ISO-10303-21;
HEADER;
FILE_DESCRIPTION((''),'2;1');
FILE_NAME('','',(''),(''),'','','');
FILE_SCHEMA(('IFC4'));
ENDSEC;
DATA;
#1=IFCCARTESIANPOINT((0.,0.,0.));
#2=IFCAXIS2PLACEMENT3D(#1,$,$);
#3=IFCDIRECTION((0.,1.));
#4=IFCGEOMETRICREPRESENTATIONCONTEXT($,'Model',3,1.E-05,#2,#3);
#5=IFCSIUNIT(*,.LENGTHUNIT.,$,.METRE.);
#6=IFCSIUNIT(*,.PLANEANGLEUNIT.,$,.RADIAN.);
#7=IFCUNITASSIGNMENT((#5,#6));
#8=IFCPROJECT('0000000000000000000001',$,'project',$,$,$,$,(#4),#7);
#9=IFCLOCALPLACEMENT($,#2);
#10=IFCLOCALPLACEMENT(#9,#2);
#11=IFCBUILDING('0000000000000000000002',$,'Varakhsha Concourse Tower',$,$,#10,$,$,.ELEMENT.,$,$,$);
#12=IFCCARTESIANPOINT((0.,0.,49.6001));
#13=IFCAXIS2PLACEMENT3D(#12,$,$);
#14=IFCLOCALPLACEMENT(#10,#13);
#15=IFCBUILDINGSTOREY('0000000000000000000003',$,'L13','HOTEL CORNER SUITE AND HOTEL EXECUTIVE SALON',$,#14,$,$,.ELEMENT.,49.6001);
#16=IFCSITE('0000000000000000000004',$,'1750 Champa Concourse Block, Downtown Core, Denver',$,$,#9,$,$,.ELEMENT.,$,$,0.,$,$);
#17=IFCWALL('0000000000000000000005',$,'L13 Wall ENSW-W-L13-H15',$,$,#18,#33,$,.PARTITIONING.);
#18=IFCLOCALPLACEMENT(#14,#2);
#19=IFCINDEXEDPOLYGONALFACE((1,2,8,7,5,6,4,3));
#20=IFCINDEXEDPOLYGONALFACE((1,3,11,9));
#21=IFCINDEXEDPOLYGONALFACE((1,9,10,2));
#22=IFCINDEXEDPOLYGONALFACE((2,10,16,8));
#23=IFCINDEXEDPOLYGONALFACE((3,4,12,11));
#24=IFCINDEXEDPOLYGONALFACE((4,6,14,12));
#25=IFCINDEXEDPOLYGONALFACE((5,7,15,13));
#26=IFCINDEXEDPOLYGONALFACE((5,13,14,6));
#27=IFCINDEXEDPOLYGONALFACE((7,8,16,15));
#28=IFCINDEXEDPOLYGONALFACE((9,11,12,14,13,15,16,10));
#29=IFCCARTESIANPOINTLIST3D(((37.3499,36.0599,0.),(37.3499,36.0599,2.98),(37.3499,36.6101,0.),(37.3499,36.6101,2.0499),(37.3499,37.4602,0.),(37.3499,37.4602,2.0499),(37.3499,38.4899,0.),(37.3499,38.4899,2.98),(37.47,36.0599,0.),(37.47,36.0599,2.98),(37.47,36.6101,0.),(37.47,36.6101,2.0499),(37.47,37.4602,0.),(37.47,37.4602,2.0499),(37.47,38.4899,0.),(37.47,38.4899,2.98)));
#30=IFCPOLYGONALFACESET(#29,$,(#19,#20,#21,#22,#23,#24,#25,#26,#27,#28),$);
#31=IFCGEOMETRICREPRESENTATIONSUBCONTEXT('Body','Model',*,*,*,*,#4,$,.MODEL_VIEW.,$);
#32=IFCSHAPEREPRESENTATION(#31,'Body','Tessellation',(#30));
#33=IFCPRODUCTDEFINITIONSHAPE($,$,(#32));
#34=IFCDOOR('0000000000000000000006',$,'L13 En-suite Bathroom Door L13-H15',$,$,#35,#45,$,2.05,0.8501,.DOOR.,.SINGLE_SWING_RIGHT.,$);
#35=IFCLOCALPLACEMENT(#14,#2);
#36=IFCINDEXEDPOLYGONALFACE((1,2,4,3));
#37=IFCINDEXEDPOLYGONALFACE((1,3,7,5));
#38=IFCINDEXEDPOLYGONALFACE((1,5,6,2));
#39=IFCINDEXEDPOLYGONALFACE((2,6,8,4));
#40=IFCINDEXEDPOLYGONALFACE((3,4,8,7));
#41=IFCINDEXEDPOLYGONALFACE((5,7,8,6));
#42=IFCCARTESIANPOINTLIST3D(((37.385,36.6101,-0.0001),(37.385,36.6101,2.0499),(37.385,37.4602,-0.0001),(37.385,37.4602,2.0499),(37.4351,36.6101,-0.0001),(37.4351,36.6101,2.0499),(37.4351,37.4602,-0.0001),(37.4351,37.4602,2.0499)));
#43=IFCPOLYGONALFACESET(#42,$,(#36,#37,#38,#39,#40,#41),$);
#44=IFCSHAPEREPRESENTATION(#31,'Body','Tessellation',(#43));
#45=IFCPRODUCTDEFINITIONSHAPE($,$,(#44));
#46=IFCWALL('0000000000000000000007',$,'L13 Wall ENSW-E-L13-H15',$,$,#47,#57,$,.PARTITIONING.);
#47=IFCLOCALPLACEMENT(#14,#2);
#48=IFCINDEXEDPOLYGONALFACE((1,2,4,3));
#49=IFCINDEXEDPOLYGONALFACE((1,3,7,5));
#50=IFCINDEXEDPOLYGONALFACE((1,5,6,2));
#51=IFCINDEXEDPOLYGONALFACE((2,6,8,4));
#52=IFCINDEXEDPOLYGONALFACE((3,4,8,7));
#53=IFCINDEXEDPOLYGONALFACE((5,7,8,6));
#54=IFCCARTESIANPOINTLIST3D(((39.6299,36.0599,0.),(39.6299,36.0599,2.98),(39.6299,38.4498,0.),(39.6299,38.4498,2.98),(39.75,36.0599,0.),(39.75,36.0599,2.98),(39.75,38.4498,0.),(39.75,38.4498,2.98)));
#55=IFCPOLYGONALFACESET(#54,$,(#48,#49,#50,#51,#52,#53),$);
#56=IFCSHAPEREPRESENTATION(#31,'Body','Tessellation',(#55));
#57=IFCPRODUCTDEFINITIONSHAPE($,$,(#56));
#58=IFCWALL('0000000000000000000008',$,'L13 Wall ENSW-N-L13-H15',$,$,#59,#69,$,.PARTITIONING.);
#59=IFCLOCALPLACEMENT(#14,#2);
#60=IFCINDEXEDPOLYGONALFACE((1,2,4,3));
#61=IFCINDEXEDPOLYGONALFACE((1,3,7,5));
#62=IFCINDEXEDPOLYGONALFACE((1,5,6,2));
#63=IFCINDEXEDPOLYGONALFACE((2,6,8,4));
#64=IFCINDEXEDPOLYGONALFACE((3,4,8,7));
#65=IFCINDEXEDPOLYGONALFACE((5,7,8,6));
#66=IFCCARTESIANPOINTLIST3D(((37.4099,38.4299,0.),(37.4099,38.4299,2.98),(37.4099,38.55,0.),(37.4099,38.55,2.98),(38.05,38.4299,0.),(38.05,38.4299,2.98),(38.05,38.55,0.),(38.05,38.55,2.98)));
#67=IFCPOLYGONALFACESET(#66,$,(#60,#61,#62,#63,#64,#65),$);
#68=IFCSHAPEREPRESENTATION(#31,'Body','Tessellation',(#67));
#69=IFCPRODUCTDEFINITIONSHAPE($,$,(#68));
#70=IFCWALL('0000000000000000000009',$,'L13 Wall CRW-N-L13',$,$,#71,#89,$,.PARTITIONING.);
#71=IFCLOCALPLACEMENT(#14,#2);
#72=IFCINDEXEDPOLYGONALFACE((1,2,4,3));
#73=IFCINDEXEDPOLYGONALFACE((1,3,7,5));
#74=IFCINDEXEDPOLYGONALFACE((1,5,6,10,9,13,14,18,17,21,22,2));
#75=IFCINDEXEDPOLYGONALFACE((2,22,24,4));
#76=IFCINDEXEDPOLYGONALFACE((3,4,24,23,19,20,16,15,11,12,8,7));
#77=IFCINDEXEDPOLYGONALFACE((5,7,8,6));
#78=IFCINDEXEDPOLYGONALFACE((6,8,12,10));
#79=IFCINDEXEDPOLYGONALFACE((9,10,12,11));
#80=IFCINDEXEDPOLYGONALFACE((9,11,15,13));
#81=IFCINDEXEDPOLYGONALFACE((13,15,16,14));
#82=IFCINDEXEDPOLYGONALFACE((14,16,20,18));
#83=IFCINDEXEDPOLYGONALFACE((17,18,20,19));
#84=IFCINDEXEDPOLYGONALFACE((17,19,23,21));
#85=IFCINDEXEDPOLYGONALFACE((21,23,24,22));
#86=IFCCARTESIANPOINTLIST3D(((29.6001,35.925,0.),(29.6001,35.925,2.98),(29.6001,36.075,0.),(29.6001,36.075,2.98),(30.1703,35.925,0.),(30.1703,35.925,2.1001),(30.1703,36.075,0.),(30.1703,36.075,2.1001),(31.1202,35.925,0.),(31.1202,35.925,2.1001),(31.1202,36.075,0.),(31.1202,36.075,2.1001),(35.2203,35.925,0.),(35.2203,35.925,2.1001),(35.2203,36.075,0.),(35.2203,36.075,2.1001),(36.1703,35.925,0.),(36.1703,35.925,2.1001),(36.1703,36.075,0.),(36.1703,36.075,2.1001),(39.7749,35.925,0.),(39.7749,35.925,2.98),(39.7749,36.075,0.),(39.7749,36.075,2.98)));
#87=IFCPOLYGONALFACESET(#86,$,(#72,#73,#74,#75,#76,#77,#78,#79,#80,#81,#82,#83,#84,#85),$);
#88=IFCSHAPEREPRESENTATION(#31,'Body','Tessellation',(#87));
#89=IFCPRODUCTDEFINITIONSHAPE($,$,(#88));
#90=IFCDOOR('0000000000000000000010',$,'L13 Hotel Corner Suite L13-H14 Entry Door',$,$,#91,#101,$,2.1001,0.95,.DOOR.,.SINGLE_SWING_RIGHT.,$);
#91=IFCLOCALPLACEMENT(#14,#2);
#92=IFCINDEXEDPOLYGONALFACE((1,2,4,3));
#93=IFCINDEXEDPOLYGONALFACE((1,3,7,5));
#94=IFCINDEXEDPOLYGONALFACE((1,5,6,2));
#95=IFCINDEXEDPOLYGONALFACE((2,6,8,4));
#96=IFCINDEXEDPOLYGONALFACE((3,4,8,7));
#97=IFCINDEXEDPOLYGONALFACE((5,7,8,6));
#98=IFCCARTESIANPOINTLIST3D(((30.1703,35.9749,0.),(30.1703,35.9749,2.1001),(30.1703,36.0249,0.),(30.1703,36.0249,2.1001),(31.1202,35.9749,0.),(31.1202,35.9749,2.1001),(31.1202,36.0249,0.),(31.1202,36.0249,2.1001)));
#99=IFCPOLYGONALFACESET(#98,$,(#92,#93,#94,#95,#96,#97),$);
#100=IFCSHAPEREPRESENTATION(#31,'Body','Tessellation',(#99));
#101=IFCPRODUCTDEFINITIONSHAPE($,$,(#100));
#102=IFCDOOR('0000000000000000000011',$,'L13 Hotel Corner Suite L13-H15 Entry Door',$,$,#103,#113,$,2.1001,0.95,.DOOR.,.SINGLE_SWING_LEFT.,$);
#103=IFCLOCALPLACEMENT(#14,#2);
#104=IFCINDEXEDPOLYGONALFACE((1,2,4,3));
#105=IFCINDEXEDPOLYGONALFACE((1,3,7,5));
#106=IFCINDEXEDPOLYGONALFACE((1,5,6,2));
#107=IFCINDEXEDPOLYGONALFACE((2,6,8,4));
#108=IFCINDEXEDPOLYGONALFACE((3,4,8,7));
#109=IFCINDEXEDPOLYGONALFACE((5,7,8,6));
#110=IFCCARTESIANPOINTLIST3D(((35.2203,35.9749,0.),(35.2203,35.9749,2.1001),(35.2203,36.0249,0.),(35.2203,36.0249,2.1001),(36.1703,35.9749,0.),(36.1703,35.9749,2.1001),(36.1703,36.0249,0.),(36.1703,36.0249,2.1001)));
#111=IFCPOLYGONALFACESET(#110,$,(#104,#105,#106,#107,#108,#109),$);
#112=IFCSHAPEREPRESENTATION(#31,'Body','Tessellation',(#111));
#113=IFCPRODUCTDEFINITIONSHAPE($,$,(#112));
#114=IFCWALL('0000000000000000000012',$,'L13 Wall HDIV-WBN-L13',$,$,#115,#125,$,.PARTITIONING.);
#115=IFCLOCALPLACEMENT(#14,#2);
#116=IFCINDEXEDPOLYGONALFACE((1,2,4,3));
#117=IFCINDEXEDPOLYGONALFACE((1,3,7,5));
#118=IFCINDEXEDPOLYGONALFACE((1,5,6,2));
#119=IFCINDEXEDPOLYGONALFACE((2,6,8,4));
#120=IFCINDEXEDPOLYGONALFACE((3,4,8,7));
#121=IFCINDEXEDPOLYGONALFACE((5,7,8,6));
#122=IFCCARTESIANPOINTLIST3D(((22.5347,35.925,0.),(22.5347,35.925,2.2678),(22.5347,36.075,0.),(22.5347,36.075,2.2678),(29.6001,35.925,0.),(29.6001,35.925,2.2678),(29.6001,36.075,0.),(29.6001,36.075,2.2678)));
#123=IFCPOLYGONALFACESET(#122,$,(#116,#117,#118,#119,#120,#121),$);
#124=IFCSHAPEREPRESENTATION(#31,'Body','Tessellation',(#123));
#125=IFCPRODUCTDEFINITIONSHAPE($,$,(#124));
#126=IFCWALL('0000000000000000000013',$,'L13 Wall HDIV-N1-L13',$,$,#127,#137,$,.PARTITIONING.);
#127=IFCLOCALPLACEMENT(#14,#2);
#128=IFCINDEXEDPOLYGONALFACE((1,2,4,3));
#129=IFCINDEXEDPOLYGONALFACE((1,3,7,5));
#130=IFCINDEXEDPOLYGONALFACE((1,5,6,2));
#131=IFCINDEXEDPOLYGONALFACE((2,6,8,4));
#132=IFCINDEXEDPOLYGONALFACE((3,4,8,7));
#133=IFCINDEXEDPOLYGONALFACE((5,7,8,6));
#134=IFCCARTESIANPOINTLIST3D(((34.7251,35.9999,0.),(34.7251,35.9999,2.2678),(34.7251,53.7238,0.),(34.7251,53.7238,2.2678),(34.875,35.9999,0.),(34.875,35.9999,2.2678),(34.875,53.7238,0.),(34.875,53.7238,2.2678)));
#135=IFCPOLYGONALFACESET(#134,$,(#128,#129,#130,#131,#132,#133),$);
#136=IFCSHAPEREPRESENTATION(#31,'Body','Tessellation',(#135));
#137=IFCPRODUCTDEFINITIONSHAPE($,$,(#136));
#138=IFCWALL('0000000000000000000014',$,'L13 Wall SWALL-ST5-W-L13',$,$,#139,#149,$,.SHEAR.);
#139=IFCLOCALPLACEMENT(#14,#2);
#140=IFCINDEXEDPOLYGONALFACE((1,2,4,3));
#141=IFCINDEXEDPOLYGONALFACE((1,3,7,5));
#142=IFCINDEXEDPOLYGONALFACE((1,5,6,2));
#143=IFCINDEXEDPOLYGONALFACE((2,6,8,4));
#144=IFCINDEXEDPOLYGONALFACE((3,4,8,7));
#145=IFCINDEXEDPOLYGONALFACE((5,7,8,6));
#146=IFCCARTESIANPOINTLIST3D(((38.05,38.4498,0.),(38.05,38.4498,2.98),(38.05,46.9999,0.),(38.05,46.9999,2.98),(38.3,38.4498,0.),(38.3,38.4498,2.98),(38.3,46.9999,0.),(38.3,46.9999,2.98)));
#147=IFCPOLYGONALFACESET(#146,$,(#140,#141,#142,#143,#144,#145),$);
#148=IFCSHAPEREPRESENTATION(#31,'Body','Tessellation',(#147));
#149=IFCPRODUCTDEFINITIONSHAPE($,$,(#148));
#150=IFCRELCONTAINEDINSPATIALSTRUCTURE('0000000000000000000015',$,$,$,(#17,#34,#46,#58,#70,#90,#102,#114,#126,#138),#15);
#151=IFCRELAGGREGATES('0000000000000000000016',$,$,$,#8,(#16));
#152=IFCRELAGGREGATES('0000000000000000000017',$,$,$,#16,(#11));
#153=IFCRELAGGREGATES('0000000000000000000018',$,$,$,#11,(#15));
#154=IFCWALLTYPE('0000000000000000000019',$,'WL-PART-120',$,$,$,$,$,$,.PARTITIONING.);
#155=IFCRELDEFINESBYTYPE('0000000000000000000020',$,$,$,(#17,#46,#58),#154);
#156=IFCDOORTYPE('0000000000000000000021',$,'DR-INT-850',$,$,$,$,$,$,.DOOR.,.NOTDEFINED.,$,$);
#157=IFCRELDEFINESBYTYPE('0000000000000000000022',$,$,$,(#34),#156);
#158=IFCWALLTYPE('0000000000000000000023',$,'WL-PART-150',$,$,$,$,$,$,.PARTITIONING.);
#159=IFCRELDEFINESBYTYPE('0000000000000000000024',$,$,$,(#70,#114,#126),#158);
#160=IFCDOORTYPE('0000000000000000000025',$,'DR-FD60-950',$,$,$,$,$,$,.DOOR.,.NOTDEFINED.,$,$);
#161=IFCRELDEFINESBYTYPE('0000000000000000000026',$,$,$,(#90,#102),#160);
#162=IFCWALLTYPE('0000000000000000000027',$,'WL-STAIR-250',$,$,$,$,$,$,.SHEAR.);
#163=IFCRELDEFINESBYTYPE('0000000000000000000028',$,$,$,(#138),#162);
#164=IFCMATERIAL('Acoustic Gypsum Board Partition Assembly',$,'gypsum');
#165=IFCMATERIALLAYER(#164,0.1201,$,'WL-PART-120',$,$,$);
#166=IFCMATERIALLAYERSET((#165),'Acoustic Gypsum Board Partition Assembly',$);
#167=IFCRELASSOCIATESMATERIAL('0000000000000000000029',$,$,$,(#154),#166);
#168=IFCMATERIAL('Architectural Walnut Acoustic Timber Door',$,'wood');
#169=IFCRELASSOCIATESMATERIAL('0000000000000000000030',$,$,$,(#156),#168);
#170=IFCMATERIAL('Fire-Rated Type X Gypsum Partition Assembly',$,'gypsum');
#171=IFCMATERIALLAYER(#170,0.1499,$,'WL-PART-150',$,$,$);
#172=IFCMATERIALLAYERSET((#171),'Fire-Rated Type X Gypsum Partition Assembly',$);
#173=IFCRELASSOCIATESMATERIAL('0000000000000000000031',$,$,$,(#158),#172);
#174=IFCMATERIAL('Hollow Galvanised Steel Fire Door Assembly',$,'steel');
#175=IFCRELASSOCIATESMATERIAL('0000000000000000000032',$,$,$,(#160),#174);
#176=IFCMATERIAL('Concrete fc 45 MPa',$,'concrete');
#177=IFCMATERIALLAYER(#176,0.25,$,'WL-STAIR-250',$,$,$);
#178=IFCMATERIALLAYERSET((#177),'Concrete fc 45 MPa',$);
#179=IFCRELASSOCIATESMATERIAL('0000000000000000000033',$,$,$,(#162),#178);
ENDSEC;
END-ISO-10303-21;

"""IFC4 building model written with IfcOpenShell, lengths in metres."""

from ifc_helpers import new_model, si_unit, direction, frame, frame_2d, origin, place, context, subcontext, project, spatial, rectangle, extrude, material, layer, layer_set, type_object, element, fill, save


model = new_model("IFC4")

# Units and contexts
model_context = context("Model", 3, precision=1e-05, world=origin(), true_north=direction((0.0, 1.0)))
body_context = subcontext(model_context, "Body", "Model", "MODEL_VIEW")
ifc_project = project(units=[si_unit("LENGTHUNIT", "METRE"), si_unit("PLANEANGLEUNIT", "RADIAN")], contexts=[model_context])

# Site, building, storey
site_placement = place(None, origin())
site = spatial("IfcSite", under=ifc_project, at=site_placement, Name="1750 Champa Concourse Block, Downtown Core, Denver", CompositionType="ELEMENT", RefElevation=0.0)
building_placement = place(site_placement, origin())
building = spatial("IfcBuilding", under=site, at=building_placement, Name="Varakhsha Concourse Tower", CompositionType="ELEMENT")
storey_placement = place(building_placement, frame((0.0, 0.0, 49.6001)))
storey = spatial("IfcBuildingStorey", under=building, at=storey_placement, Name="L13", Description="HOTEL CORNER SUITE AND HOTEL EXECUTIVE SALON", CompositionType="ELEMENT", Elevation=49.6001)

# Shared definitions
ifc_material_1 = material(Name="Acoustic Gypsum Board Partition Assembly", Category="gypsum")
ifc_layer_1 = layer(ifc_material_1, 0.1201, Name="WL-PART-120")
ifc_layer_set_1 = layer_set([ifc_layer_1], Name="Acoustic Gypsum Board Partition Assembly")
wall_type_1 = type_object("IfcWallType", Name="WL-PART-120", PredefinedType="PARTITIONING", material=ifc_layer_set_1)

# Shared definitions
ifc_material_2 = material(Name="Architectural Walnut Acoustic Timber Door", Category="wood")
door_type_1 = type_object("IfcDoorType", Name="DR-INT-850", OperationType="NOTDEFINED", PredefinedType="DOOR", material=ifc_material_2)

# Wall, opening, door
wall_1_placement = place(storey_placement, frame((37.4099, 36.0601, 0.0), z_axis=(0.0, 0.0, 1.0), x_axis=(0.0, 1.0, 0.0)))
wall_1 = element("IfcWall", 1, at=wall_1_placement, inside=storey, type_object=wall_type_1, Name="L13 Wall ENSW-W-L13-H15", PredefinedType="PARTITIONING", context=body_context, shape_type="SweptSolid", body=[
    extrude(rectangle(XDim=2.4299, YDim=0.1201, at=frame_2d((1.2148, 0.0))), origin(), (0.0, 0.0, 1.0), 2.98),
])
opening_1_placement = place(wall_1_placement, frame((0.55, 0.0, 0.0)))
opening_1 = element("IfcOpeningElement", 2, at=opening_1_placement, cuts=wall_1, PredefinedType="OPENING", context=body_context, shape_type="SweptSolid", body=[
    extrude(rectangle(XDim=0.8501, YDim=2.05, at=frame_2d((0.425, 1.0249))), frame((0.0, 0.0701, 0.0), z_axis=(0.0, -1.0, 0.0), x_axis=(1.0, 0.0, 0.0)), (0.0, 0.0, 1.0), 0.1401),
])
door_1_placement = place(opening_1_placement, origin())
door_1 = element("IfcDoor", 3, at=door_1_placement, inside=storey, type_object=door_type_1, Name="L13 En-suite Bathroom Door L13-H15", OperationType="SINGLE_SWING_RIGHT", OverallHeight=2.05, OverallWidth=0.8501, PredefinedType="DOOR", context=body_context, shape_type="SweptSolid", body=[
    extrude(rectangle(XDim=0.8501, YDim=2.05, at=frame_2d((0.425, 1.0249))), frame((0.0, 0.0249, 0.0), z_axis=(0.0, -1.0, 0.0), x_axis=(1.0, 0.0, 0.0)), (0.0, 0.0, 1.0), 0.05),
])
fill(opening_1, door_1)

# Walls
wall_2_placement = place(storey_placement, frame((39.6899, 36.0601, 0.0), z_axis=(0.0, 0.0, 1.0), x_axis=(0.0, 1.0, 0.0)))
element("IfcWall", 4, at=wall_2_placement, inside=storey, type_object=wall_type_1, Name="L13 Wall ENSW-E-L13-H15", PredefinedType="PARTITIONING", context=body_context, shape_type="SweptSolid", body=[
    extrude(rectangle(XDim=2.3899, YDim=0.1201, at=frame_2d((1.1948, 0.0))), origin(), (0.0, 0.0, 1.0), 2.98),
])
wall_3_placement = place(storey_placement, frame((37.4099, 38.49, 0.0), z_axis=(0.0, 0.0, 1.0), x_axis=(1.0, 0.0, 0.0)))
element("IfcWall", 5, at=wall_3_placement, inside=storey, type_object=wall_type_1, Name="L13 Wall ENSW-N-L13-H15", PredefinedType="PARTITIONING", context=body_context, shape_type="SweptSolid", body=[
    extrude(rectangle(XDim=0.6401, YDim=0.1201, at=frame_2d((0.3201, 0.0))), origin(), (0.0, 0.0, 1.0), 2.98),
])

# Wall, openings, doors
ifc_material_3 = material(Name="Fire-Rated Type X Gypsum Partition Assembly", Category="gypsum")
ifc_layer_2 = layer(ifc_material_3, 0.1499, Name="WL-PART-150")
ifc_layer_set_2 = layer_set([ifc_layer_2], Name="Fire-Rated Type X Gypsum Partition Assembly")
wall_type_2 = type_object("IfcWallType", Name="WL-PART-150", PredefinedType="PARTITIONING", material=ifc_layer_set_2)
wall_4_placement = place(storey_placement, frame((29.6001, 36.0, 0.0), z_axis=(0.0, 0.0, 1.0), x_axis=(1.0, 0.0, 0.0)))
wall_4 = element("IfcWall", 6, at=wall_4_placement, inside=storey, type_object=wall_type_2, Name="L13 Wall CRW-N-L13", PredefinedType="PARTITIONING", context=body_context, shape_type="SweptSolid", body=[
    extrude(rectangle(XDim=10.1748, YDim=0.1499, at=frame_2d((5.0874, 0.0))), origin(), (0.0, 0.0, 1.0), 2.98),
])
opening_2_placement = place(wall_4_placement, frame((0.5701, 0.0, 0.0)))
opening_2 = element("IfcOpeningElement", 7, at=opening_2_placement, cuts=wall_4, PredefinedType="OPENING", context=body_context, shape_type="SweptSolid", body=[
    extrude(rectangle(XDim=0.95, YDim=2.1001, at=frame_2d((0.4751, 1.05))), frame((0.0, 0.085, 0.0), z_axis=(0.0, -1.0, 0.0), x_axis=(1.0, 0.0, 0.0)), (0.0, 0.0, 1.0), 0.1699),
])
opening_3_placement = place(wall_4_placement, frame((5.6201, 0.0, 0.0)))
opening_3 = element("IfcOpeningElement", 8, at=opening_3_placement, cuts=wall_4, PredefinedType="OPENING", context=body_context, shape_type="SweptSolid", body=[
    extrude(rectangle(XDim=0.95, YDim=2.1001, at=frame_2d((0.4751, 1.05))), frame((0.0, 0.085, 0.0), z_axis=(0.0, -1.0, 0.0), x_axis=(1.0, 0.0, 0.0)), (0.0, 0.0, 1.0), 0.1699),
])
ifc_material_4 = material(Name="Hollow Galvanised Steel Fire Door Assembly", Category="steel")
door_type_2 = type_object("IfcDoorType", Name="DR-FD60-950", OperationType="NOTDEFINED", PredefinedType="DOOR", material=ifc_material_4)
door_2_placement = place(opening_2_placement, origin())
door_2 = element("IfcDoor", 9, at=door_2_placement, inside=storey, type_object=door_type_2, Name="L13 Hotel Corner Suite L13-H14 Entry Door", OperationType="SINGLE_SWING_RIGHT", OverallHeight=2.1001, OverallWidth=0.95, PredefinedType="DOOR", context=body_context, shape_type="SweptSolid", body=[
    extrude(rectangle(XDim=0.95, YDim=2.1001, at=frame_2d((0.4751, 1.05))), frame((0.0, 0.0249, 0.0), z_axis=(0.0, -1.0, 0.0), x_axis=(1.0, 0.0, 0.0)), (0.0, 0.0, 1.0), 0.05),
])
fill(opening_2, door_2)
door_3_placement = place(opening_3_placement, origin())
door_3 = element("IfcDoor", 10, at=door_3_placement, inside=storey, type_object=door_type_2, Name="L13 Hotel Corner Suite L13-H15 Entry Door", OperationType="SINGLE_SWING_LEFT", OverallHeight=2.1001, OverallWidth=0.95, PredefinedType="DOOR", context=body_context, shape_type="SweptSolid", body=[
    extrude(rectangle(XDim=0.95, YDim=2.1001, at=frame_2d((0.4751, 1.05))), frame((0.0, 0.0249, 0.0), z_axis=(0.0, -1.0, 0.0), x_axis=(1.0, 0.0, 0.0)), (0.0, 0.0, 1.0), 0.05),
])
fill(opening_3, door_3)

# Walls
wall_5_placement = place(storey_placement, frame((22.5347, 36.0, 0.0), z_axis=(0.0, 0.0, 1.0), x_axis=(1.0, 0.0, 0.0)))
element("IfcWall", 11, at=wall_5_placement, inside=storey, type_object=wall_type_2, Name="L13 Wall HDIV-WBN-L13", PredefinedType="PARTITIONING", context=body_context, shape_type="SweptSolid", body=[
    extrude(rectangle(XDim=7.0654, YDim=0.1499, at=frame_2d((3.5327, 0.0))), origin(), (0.0, 0.0, 1.0), 2.2678),
])
wall_6_placement = place(storey_placement, frame((34.8, 36.0, 0.0), z_axis=(0.0, 0.0, 1.0), x_axis=(0.0, 1.0, 0.0)))
element("IfcWall", 12, at=wall_6_placement, inside=storey, type_object=wall_type_2, Name="L13 Wall HDIV-N1-L13", PredefinedType="PARTITIONING", context=body_context, shape_type="SweptSolid", body=[
    extrude(rectangle(XDim=17.7239, YDim=0.1499, at=frame_2d((8.8618, 0.0))), origin(), (0.0, 0.0, 1.0), 2.2678),
])
ifc_material_5 = material(Name="Concrete fc 45 MPa", Category="concrete")
ifc_layer_3 = layer(ifc_material_5, 0.25, Name="WL-STAIR-250")
ifc_layer_set_3 = layer_set([ifc_layer_3], Name="Concrete fc 45 MPa")
wall_type_3 = type_object("IfcWallType", Name="WL-STAIR-250", PredefinedType="SHEAR", material=ifc_layer_set_3)
wall_7_placement = place(storey_placement, frame((38.175, 38.45, 0.0), z_axis=(0.0, 0.0, 1.0), x_axis=(0.0, 1.0, 0.0)))
element("IfcWall", 13, at=wall_7_placement, inside=storey, type_object=wall_type_3, Name="L13 Wall SWALL-ST5-W-L13", PredefinedType="SHEAR", context=body_context, shape_type="SweptSolid", body=[
    extrude(rectangle(XDim=8.55, YDim=0.25, at=frame_2d((4.2749, 0.0))), origin(), (0.0, 0.0, 1.0), 2.98),
])

save(model, "model.ifc")
